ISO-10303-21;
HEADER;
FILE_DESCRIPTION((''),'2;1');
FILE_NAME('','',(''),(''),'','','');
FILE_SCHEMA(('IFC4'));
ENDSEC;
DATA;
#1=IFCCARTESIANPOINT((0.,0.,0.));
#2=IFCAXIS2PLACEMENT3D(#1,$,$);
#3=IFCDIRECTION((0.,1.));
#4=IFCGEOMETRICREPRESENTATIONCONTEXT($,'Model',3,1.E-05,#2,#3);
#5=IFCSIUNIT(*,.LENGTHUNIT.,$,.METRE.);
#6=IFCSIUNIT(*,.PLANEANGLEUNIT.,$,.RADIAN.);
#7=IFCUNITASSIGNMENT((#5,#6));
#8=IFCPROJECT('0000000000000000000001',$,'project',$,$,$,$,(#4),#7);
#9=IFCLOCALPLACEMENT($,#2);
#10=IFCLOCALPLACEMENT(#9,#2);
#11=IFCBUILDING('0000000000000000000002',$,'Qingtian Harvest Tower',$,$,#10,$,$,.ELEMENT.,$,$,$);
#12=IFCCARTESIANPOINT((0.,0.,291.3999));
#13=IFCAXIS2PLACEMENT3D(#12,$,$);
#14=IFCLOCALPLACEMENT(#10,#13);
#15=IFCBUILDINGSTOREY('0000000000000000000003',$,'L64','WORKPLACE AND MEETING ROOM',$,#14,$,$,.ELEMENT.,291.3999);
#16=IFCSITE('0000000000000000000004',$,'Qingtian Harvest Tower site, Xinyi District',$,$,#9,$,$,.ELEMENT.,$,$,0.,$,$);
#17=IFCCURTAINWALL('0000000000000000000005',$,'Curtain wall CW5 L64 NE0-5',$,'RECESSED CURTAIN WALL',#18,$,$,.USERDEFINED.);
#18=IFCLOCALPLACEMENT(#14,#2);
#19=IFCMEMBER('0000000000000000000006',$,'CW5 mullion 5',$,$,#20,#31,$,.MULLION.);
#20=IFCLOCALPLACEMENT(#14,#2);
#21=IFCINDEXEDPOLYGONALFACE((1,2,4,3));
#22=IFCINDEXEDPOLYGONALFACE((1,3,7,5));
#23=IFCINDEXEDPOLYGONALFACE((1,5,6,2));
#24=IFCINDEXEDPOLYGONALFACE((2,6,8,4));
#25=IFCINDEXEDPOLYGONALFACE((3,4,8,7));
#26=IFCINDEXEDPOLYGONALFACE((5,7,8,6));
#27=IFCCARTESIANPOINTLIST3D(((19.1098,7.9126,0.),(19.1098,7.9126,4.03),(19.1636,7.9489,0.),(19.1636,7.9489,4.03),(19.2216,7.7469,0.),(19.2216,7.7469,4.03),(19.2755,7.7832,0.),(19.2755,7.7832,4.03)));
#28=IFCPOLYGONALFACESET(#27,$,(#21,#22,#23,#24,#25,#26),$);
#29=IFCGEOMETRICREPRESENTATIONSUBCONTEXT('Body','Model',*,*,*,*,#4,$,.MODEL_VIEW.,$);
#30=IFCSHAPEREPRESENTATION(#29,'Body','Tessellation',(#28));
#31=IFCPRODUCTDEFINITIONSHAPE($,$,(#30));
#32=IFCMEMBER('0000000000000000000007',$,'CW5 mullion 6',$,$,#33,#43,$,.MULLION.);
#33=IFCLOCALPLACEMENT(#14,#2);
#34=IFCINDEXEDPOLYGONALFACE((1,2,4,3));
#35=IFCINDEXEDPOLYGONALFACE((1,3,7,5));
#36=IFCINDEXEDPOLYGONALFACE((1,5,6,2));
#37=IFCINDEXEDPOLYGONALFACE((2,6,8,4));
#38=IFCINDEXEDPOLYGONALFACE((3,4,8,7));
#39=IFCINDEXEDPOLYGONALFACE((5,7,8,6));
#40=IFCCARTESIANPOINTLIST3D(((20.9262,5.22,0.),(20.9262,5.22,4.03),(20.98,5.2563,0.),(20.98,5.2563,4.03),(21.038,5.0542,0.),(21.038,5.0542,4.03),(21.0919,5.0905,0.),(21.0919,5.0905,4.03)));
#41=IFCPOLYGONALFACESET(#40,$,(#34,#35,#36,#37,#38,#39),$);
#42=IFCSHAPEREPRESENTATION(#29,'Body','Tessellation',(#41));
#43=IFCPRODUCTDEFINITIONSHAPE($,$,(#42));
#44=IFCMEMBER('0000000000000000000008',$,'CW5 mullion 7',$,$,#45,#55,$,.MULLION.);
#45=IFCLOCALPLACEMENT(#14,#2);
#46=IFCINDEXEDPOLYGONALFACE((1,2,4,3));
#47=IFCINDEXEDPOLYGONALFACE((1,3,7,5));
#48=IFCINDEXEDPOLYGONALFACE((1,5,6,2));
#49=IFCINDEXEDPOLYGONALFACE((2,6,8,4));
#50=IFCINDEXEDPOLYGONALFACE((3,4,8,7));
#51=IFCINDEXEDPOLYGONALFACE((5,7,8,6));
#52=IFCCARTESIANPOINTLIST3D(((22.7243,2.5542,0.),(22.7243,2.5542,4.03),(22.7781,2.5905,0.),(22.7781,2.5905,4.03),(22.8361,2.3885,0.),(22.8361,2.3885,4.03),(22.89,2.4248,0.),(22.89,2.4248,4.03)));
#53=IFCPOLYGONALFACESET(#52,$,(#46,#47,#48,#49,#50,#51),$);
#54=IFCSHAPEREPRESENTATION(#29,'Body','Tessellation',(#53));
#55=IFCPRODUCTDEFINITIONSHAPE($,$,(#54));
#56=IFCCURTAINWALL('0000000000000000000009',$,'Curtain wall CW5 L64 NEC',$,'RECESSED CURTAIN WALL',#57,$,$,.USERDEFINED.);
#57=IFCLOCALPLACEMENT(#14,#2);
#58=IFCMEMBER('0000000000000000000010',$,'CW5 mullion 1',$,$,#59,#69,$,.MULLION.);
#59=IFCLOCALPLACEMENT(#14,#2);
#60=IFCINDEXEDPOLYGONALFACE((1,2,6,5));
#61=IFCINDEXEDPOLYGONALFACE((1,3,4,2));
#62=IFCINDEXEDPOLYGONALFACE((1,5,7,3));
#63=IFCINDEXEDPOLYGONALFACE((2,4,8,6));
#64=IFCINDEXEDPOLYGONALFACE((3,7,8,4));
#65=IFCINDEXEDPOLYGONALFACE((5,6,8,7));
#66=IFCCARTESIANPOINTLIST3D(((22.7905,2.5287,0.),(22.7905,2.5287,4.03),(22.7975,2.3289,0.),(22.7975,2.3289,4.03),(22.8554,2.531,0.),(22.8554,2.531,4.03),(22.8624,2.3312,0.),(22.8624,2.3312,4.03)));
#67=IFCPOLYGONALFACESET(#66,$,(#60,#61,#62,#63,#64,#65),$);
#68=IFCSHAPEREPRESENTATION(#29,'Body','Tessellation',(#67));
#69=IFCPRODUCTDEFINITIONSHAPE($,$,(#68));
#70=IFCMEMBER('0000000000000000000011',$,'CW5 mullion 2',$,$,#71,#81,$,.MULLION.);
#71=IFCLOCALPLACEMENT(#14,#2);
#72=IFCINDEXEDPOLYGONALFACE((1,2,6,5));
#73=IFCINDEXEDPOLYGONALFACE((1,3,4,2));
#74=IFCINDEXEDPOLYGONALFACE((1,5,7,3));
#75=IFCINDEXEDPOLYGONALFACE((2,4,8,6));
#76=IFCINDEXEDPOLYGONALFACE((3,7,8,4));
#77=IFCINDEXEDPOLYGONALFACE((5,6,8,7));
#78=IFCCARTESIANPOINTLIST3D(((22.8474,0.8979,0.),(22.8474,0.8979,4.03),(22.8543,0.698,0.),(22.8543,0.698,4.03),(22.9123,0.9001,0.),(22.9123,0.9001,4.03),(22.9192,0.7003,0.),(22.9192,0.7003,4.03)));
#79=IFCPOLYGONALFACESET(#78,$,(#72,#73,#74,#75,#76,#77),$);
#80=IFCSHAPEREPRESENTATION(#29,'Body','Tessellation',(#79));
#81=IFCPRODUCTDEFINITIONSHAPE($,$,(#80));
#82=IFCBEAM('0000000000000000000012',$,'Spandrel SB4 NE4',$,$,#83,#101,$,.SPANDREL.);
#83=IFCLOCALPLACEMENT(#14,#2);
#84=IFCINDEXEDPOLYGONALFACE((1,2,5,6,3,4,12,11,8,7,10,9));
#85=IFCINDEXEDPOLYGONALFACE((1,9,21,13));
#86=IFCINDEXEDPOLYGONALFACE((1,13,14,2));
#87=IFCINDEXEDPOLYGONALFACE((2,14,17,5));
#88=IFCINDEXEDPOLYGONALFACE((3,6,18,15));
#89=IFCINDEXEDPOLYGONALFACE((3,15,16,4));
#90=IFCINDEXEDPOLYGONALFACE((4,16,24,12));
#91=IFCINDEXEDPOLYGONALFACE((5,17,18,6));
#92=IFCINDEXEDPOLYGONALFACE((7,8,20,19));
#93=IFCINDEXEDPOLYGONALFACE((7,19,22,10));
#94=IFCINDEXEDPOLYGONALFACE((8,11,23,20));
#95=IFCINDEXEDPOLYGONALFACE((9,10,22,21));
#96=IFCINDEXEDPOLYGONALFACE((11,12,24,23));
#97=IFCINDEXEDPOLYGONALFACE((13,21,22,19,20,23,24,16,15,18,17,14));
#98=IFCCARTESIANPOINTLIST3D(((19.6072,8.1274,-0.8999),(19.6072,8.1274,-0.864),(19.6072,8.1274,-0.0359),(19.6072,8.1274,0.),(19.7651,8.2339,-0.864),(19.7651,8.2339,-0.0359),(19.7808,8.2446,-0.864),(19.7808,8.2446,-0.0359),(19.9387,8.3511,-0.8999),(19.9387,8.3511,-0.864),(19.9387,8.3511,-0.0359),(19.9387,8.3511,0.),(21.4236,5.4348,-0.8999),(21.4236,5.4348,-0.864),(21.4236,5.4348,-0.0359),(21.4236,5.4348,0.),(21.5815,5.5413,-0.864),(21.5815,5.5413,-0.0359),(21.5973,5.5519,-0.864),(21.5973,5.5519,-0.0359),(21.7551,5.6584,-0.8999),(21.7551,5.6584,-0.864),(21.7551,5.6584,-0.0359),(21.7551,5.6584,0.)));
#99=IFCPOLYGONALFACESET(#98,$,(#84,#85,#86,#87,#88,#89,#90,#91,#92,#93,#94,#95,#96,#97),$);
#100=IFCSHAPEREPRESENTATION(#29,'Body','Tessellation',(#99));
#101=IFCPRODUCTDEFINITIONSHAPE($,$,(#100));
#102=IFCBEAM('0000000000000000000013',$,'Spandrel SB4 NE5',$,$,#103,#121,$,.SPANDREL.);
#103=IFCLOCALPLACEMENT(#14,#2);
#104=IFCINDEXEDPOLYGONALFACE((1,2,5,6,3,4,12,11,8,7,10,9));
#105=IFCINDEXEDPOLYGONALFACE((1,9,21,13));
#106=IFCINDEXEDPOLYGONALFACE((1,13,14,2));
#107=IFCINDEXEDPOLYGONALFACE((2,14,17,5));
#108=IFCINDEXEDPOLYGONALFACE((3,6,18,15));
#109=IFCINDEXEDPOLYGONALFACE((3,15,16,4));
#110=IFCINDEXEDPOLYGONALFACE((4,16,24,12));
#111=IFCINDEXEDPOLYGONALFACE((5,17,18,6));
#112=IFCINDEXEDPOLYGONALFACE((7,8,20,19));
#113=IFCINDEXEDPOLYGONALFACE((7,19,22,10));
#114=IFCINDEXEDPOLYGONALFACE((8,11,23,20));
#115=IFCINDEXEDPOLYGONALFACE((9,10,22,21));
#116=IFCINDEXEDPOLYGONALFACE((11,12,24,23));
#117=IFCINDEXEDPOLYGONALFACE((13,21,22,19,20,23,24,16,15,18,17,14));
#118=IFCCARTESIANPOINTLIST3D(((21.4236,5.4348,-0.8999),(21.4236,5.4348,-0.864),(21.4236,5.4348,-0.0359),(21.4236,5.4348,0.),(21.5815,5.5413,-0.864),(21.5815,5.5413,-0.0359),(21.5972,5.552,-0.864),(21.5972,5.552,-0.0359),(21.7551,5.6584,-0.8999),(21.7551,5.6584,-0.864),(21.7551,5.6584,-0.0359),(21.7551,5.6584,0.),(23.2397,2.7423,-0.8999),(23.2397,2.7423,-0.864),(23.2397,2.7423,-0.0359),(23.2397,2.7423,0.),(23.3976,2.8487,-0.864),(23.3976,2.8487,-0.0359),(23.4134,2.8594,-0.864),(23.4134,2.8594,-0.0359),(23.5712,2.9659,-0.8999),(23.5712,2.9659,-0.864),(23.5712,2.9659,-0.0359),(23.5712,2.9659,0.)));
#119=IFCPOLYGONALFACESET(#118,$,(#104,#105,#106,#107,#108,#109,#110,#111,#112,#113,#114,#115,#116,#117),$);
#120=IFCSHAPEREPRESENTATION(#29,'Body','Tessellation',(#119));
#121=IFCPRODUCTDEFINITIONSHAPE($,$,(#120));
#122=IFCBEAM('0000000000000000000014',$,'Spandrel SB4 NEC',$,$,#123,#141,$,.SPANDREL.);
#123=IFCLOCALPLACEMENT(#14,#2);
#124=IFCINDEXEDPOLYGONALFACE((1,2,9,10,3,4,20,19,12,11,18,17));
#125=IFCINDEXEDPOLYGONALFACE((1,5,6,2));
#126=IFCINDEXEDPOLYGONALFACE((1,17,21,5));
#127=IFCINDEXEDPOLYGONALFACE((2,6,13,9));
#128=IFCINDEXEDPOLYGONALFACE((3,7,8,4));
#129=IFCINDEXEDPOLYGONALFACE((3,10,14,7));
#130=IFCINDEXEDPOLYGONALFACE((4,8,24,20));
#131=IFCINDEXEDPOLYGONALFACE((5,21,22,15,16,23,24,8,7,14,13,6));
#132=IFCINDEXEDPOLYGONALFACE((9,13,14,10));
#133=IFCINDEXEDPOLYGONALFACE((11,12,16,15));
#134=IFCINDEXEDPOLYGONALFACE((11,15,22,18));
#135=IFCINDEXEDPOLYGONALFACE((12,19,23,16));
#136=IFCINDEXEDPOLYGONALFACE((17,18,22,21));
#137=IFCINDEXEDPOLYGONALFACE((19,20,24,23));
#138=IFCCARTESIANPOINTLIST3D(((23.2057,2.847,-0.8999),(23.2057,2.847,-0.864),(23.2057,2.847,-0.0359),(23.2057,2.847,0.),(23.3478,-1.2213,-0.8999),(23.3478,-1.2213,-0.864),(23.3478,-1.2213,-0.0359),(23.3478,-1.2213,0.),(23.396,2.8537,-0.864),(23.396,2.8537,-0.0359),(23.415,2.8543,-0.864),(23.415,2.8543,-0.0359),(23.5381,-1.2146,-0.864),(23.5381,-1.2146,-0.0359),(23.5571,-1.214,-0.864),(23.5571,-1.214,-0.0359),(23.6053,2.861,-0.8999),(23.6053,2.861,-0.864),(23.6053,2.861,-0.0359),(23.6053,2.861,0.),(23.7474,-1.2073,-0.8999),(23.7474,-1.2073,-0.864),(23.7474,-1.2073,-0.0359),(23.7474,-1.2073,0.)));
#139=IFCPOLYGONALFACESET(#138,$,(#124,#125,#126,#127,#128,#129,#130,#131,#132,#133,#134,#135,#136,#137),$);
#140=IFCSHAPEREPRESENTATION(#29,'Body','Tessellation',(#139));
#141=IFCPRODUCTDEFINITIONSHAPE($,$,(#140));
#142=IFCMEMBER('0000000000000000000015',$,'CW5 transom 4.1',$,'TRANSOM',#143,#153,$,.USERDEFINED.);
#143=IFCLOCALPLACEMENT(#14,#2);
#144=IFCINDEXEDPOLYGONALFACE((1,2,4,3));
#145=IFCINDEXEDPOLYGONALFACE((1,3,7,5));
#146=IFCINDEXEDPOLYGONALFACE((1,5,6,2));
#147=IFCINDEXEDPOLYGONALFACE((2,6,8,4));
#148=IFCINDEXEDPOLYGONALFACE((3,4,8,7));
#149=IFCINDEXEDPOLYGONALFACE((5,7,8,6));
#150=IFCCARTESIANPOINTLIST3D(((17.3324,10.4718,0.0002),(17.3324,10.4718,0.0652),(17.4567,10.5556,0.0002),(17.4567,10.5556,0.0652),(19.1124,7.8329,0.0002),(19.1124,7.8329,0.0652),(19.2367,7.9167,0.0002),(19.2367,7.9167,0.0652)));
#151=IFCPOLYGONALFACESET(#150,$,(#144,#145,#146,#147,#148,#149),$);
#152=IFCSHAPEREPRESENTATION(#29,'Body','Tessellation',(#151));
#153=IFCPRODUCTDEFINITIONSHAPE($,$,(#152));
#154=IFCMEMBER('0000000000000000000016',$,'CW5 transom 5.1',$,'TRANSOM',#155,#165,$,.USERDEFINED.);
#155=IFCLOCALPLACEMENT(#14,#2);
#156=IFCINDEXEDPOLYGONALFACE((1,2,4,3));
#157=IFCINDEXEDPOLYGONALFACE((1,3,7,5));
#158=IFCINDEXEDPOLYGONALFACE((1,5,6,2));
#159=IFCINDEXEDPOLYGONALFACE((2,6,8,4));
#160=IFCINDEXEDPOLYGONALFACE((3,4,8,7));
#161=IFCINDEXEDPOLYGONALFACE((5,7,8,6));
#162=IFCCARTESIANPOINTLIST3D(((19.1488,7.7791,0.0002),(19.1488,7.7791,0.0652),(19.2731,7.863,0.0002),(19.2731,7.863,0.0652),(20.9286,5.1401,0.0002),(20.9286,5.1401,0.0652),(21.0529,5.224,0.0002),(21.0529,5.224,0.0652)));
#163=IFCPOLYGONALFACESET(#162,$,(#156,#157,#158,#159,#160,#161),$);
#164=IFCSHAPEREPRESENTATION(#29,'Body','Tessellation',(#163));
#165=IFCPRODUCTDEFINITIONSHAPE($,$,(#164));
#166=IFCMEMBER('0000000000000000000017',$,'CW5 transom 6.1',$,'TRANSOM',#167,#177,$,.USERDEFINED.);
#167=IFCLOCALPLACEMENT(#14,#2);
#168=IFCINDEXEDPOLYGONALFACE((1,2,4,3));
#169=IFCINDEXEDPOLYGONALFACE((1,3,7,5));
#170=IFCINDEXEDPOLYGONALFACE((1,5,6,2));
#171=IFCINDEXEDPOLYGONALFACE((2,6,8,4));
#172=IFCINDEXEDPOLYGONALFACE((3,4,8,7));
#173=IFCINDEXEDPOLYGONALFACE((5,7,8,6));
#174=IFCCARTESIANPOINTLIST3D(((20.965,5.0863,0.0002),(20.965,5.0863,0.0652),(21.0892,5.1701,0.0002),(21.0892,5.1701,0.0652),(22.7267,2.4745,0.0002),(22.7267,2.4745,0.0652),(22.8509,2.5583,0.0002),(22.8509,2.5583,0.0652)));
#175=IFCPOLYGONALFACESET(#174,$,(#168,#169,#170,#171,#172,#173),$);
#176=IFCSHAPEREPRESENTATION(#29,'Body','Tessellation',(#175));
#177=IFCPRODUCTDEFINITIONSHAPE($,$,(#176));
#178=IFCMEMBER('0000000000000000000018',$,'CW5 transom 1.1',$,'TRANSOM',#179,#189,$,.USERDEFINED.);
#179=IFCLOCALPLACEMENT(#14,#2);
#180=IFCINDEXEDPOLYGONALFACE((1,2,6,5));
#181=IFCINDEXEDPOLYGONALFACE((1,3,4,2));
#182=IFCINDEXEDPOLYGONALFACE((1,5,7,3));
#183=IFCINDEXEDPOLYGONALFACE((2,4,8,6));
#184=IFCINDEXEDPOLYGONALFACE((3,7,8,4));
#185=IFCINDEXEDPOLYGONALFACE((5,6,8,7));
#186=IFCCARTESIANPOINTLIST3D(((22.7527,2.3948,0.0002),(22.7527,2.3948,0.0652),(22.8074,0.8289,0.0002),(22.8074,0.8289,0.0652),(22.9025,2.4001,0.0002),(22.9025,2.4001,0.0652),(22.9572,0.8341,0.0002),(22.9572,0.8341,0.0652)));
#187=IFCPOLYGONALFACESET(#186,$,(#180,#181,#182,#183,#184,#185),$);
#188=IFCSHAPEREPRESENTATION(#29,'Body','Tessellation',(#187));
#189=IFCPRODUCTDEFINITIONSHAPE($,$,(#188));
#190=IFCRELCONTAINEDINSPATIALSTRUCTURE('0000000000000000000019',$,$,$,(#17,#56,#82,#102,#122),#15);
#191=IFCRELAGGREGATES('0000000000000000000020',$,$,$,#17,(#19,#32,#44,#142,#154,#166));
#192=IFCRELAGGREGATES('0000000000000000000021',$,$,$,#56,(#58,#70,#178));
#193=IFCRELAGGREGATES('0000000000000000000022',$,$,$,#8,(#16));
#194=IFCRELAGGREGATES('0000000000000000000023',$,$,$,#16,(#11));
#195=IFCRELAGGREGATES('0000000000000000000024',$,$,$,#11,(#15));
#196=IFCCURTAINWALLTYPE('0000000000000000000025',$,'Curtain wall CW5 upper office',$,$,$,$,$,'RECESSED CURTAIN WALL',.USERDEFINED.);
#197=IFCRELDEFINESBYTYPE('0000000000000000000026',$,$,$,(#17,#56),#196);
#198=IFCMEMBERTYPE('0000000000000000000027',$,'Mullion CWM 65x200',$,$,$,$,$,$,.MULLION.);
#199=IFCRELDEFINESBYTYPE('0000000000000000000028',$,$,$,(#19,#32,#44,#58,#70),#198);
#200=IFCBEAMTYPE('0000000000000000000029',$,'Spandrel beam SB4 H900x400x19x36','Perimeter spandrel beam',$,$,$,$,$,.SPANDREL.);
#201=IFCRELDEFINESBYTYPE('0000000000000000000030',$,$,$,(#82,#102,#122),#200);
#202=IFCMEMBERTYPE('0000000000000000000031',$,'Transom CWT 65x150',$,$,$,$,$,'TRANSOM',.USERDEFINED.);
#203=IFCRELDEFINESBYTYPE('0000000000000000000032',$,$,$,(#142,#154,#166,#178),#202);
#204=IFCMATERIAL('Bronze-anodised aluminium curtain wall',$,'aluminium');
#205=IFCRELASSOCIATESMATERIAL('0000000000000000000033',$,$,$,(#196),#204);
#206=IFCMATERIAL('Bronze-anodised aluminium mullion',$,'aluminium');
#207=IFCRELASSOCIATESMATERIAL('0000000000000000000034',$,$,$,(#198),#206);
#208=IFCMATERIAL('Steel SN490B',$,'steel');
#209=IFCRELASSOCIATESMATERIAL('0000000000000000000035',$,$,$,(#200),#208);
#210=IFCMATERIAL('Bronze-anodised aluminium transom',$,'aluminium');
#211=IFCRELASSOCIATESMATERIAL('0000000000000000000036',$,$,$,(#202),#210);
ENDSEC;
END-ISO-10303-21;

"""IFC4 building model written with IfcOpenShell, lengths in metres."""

from ifc_helpers import new_model, si_unit, direction, frame, origin, origin_2d, place, context, subcontext, project, spatial, rectangle, i_section, extrude, material, material_profile, profile_set, type_object, element, aggregate, save


model = new_model("IFC4")

# Units and contexts
model_context = context("Model", 3, precision=1e-05, world=origin(), true_north=direction((0.0, 1.0)))
body_context = subcontext(model_context, "Body", "Model", "MODEL_VIEW")
ifc_project = project(units=[si_unit("LENGTHUNIT", "METRE"), si_unit("PLANEANGLEUNIT", "RADIAN")], contexts=[model_context])

# Site, building, storey
site_placement = place(None, origin())
site = spatial("IfcSite", under=ifc_project, at=site_placement, Name="Qingtian Harvest Tower site, Xinyi District", CompositionType="ELEMENT", RefElevation=0.0)
building_placement = place(site_placement, origin())
building = spatial("IfcBuilding", under=site, at=building_placement, Name="Qingtian Harvest Tower", CompositionType="ELEMENT")
storey_placement = place(building_placement, frame((0.0, 0.0, 291.3999)))
storey = spatial("IfcBuildingStorey", under=building, at=storey_placement, Name="L64", Description="WORKPLACE AND MEETING ROOM", CompositionType="ELEMENT", Elevation=291.3999)

# Curtain walls, members
ifc_material_1 = material(Name="Bronze-anodised aluminium curtain wall", Category="aluminium")
curtain_wall_type = type_object("IfcCurtainWallType", Name="Curtain wall CW5 upper office", ElementType="RECESSED CURTAIN WALL", PredefinedType="USERDEFINED", material=ifc_material_1)
curtain_wall_1_placement = place(storey_placement, origin())
curtain_wall_1 = element("IfcCurtainWall", 1, at=curtain_wall_1_placement, inside=storey, type_object=curtain_wall_type, Name="Curtain wall CW5 L64 NE0-5", ObjectType="RECESSED CURTAIN WALL", PredefinedType="USERDEFINED")
ifc_material_2 = material(Name="Bronze-anodised aluminium mullion", Category="aluminium")
ifc_material_profile_1 = material_profile(ifc_material_2, rectangle(XDim=0.0649, YDim=0.2, at=origin_2d()), Name="AL 65x200")
ifc_profile_set_1 = profile_set([ifc_material_profile_1], Name="Bronze-anodised aluminium mullion")
member_type_1 = type_object("IfcMemberType", Name="Mullion CWM 65x200", PredefinedType="MULLION", material=ifc_profile_set_1)
member_1_placement = place(storey_placement, frame((19.1926, 7.8479, 0.0), z_axis=(0.0, 0.0, 1.0), x_axis=(0.829038, 0.559193, 0.0)))
member_1 = element("IfcMember", 2, at=member_1_placement, type_object=member_type_1, Name="CW5 mullion 5", PredefinedType="MULLION", context=body_context, shape_type="SweptSolid", body=[
    extrude(rectangle(XDim=0.0649, YDim=0.2, at=origin_2d()), origin(), (0.0, 0.0, 1.0), 4.03),
])
member_2_placement = place(storey_placement, frame((21.009, 5.1553, 0.0), z_axis=(0.0, 0.0, 1.0), x_axis=(0.829038, 0.559193, 0.0)))
member_2 = element("IfcMember", 3, at=member_2_placement, type_object=member_type_1, Name="CW5 mullion 6", PredefinedType="MULLION", context=body_context, shape_type="SweptSolid", body=[
    extrude(rectangle(XDim=0.0649, YDim=0.2, at=origin_2d()), origin(), (0.0, 0.0, 1.0), 4.03),
])
member_3_placement = place(storey_placement, frame((22.8071, 2.4895, 0.0), z_axis=(0.0, 0.0, 1.0), x_axis=(0.829038, 0.559193, 0.0)))
member_3 = element("IfcMember", 4, at=member_3_placement, type_object=member_type_1, Name="CW5 mullion 7", PredefinedType="MULLION", context=body_context, shape_type="SweptSolid", body=[
    extrude(rectangle(XDim=0.0649, YDim=0.2, at=origin_2d()), origin(), (0.0, 0.0, 1.0), 4.03),
])
curtain_wall_2_placement = place(storey_placement, origin())
curtain_wall_2 = element("IfcCurtainWall", 5, at=curtain_wall_2_placement, inside=storey, type_object=curtain_wall_type, Name="Curtain wall CW5 L64 NEC", ObjectType="RECESSED CURTAIN WALL", PredefinedType="USERDEFINED")
member_4_placement = place(storey_placement, frame((22.8264, 2.4299, 0.0), z_axis=(0.0, 0.0, 1.0), x_axis=(0.999391, 0.034899, 0.0)))
member_4 = element("IfcMember", 6, at=member_4_placement, type_object=member_type_1, Name="CW5 mullion 1", PredefinedType="MULLION", context=body_context, shape_type="SweptSolid", body=[
    extrude(rectangle(XDim=0.0649, YDim=0.2, at=origin_2d()), origin(), (0.0, 0.0, 1.0), 4.03),
])
member_5_placement = place(storey_placement, frame((22.8833, 0.7991, 0.0), z_axis=(0.0, 0.0, 1.0), x_axis=(0.999391, 0.034899, 0.0)))
member_5 = element("IfcMember", 7, at=member_5_placement, type_object=member_type_1, Name="CW5 mullion 2", PredefinedType="MULLION", context=body_context, shape_type="SweptSolid", body=[
    extrude(rectangle(XDim=0.0649, YDim=0.2, at=origin_2d()), origin(), (0.0, 0.0, 1.0), 4.03),
])

# Beams
ifc_material_3 = material(Name="Steel SN490B", Category="steel")
ifc_material_profile_2 = material_profile(ifc_material_3, i_section(OverallWidth=0.3999, OverallDepth=0.8999, WebThickness=0.019, FlangeThickness=0.0359, at=origin_2d()), Name="H900x400x19x36")
ifc_profile_set_2 = profile_set([ifc_material_profile_2], Name="Steel SN490B")
beam_type_1 = type_object("IfcBeamType", Name="Spandrel beam SB4 H900x400x19x36", Description="Perimeter spandrel beam", PredefinedType="SPANDREL", material=ifc_profile_set_2)
beam_1_placement = place(storey_placement, frame((19.7729, 8.2393, -0.45), z_axis=(0.559237, -0.829008, 0.0), x_axis=(0.829008, 0.559237, 0.0)))
element("IfcBeam", 8, at=beam_1_placement, inside=storey, type_object=beam_type_1, Name="Spandrel SB4 NE4", PredefinedType="SPANDREL", context=body_context, shape_type="SweptSolid", body=[
    extrude(i_section(OverallWidth=0.3999, OverallDepth=0.8999, WebThickness=0.019, FlangeThickness=0.0359, at=origin_2d()), origin(), (0.0, 0.0, 1.0), 3.248),
])
beam_2_placement = place(storey_placement, frame((21.5894, 5.5466, -0.45), z_axis=(0.559185, -0.829043, 0.0), x_axis=(0.829043, 0.559185, 0.0)))
element("IfcBeam", 9, at=beam_2_placement, inside=storey, type_object=beam_type_1, Name="Spandrel SB4 NE5", PredefinedType="SPANDREL", context=body_context, shape_type="SweptSolid", body=[
    extrude(i_section(OverallWidth=0.3999, OverallDepth=0.8999, WebThickness=0.019, FlangeThickness=0.0359, at=origin_2d()), origin(), (0.0, 0.0, 1.0), 3.2478),
])
beam_3_placement = place(storey_placement, frame((23.4055, 2.854, -0.45), z_axis=(0.034904, -0.999391, 0.0), x_axis=(0.999391, 0.034904, 0.0)))
element("IfcBeam", 10, at=beam_3_placement, inside=storey, type_object=beam_type_1, Name="Spandrel SB4 NEC", PredefinedType="SPANDREL", context=body_context, shape_type="SweptSolid", body=[
    extrude(i_section(OverallWidth=0.3999, OverallDepth=0.8999, WebThickness=0.019, FlangeThickness=0.0359, at=origin_2d()), origin(), (0.0, 0.0, 1.0), 4.0708),
])

# Members
ifc_material_4 = material(Name="Bronze-anodised aluminium transom", Category="aluminium")
ifc_material_profile_3 = material_profile(ifc_material_4, rectangle(XDim=0.1499, YDim=0.0649, at=origin_2d()), Name="AL 65x150")
ifc_profile_set_3 = profile_set([ifc_material_profile_3], Name="Bronze-anodised aluminium transom")
member_type_2 = type_object("IfcMemberType", Name="Transom CWT 65x150", ElementType="TRANSOM", PredefinedType="USERDEFINED", material=ifc_profile_set_3)
member_6_placement = place(storey_placement, frame((17.3945, 10.5137, 0.0327), z_axis=(0.559205, -0.829029, 0.0), x_axis=(0.829029, 0.559205, 0.0)))
member_6 = element("IfcMember", 11, at=member_6_placement, type_object=member_type_2, Name="CW5 transom 4.1", ObjectType="TRANSOM", PredefinedType="USERDEFINED", context=body_context, shape_type="SweptSolid", body=[
    extrude(rectangle(XDim=0.1499, YDim=0.0649, at=origin_2d()), origin(), (0.0, 0.0, 1.0), 3.1831),
])
member_7_placement = place(storey_placement, frame((19.2109, 7.821, 0.0327), z_axis=(0.559153, -0.829065, 0.0), x_axis=(0.829065, 0.559153, 0.0)))
member_7 = element("IfcMember", 12, at=member_7_placement, type_object=member_type_2, Name="CW5 transom 5.1", ObjectType="TRANSOM", PredefinedType="USERDEFINED", context=body_context, shape_type="SweptSolid", body=[
    extrude(rectangle(XDim=0.1499, YDim=0.0649, at=origin_2d()), origin(), (0.0, 0.0, 1.0), 3.1831),
])
member_8_placement = place(storey_placement, frame((21.0271, 5.1282, 0.0327), z_axis=(0.559199, -0.829034, 0.0), x_axis=(0.829034, 0.559199, 0.0)))
member_8 = element("IfcMember", 13, at=member_8_placement, type_object=member_type_2, Name="CW5 transom 6.1", ObjectType="TRANSOM", PredefinedType="USERDEFINED", context=body_context, shape_type="SweptSolid", body=[
    extrude(rectangle(XDim=0.1499, YDim=0.0649, at=origin_2d()), origin(), (0.0, 0.0, 1.0), 3.1504),
])
member_9_placement = place(storey_placement, frame((22.8276, 2.3975, 0.0327), z_axis=(0.034902, -0.999391, 0.0), x_axis=(0.999391, 0.034902, 0.0)))
member_9 = element("IfcMember", 14, at=member_9_placement, type_object=member_type_2, Name="CW5 transom 1.1", ObjectType="TRANSOM", PredefinedType="USERDEFINED", context=body_context, shape_type="SweptSolid", body=[
    extrude(rectangle(XDim=0.1499, YDim=0.0649, at=origin_2d()), origin(), (0.0, 0.0, 1.0), 1.5669),
])

aggregate(curtain_wall_1, [member_1, member_2, member_3, member_6, member_7, member_8])
aggregate(curtain_wall_2, [member_4, member_5, member_9])

save(model, "model.ifc")
